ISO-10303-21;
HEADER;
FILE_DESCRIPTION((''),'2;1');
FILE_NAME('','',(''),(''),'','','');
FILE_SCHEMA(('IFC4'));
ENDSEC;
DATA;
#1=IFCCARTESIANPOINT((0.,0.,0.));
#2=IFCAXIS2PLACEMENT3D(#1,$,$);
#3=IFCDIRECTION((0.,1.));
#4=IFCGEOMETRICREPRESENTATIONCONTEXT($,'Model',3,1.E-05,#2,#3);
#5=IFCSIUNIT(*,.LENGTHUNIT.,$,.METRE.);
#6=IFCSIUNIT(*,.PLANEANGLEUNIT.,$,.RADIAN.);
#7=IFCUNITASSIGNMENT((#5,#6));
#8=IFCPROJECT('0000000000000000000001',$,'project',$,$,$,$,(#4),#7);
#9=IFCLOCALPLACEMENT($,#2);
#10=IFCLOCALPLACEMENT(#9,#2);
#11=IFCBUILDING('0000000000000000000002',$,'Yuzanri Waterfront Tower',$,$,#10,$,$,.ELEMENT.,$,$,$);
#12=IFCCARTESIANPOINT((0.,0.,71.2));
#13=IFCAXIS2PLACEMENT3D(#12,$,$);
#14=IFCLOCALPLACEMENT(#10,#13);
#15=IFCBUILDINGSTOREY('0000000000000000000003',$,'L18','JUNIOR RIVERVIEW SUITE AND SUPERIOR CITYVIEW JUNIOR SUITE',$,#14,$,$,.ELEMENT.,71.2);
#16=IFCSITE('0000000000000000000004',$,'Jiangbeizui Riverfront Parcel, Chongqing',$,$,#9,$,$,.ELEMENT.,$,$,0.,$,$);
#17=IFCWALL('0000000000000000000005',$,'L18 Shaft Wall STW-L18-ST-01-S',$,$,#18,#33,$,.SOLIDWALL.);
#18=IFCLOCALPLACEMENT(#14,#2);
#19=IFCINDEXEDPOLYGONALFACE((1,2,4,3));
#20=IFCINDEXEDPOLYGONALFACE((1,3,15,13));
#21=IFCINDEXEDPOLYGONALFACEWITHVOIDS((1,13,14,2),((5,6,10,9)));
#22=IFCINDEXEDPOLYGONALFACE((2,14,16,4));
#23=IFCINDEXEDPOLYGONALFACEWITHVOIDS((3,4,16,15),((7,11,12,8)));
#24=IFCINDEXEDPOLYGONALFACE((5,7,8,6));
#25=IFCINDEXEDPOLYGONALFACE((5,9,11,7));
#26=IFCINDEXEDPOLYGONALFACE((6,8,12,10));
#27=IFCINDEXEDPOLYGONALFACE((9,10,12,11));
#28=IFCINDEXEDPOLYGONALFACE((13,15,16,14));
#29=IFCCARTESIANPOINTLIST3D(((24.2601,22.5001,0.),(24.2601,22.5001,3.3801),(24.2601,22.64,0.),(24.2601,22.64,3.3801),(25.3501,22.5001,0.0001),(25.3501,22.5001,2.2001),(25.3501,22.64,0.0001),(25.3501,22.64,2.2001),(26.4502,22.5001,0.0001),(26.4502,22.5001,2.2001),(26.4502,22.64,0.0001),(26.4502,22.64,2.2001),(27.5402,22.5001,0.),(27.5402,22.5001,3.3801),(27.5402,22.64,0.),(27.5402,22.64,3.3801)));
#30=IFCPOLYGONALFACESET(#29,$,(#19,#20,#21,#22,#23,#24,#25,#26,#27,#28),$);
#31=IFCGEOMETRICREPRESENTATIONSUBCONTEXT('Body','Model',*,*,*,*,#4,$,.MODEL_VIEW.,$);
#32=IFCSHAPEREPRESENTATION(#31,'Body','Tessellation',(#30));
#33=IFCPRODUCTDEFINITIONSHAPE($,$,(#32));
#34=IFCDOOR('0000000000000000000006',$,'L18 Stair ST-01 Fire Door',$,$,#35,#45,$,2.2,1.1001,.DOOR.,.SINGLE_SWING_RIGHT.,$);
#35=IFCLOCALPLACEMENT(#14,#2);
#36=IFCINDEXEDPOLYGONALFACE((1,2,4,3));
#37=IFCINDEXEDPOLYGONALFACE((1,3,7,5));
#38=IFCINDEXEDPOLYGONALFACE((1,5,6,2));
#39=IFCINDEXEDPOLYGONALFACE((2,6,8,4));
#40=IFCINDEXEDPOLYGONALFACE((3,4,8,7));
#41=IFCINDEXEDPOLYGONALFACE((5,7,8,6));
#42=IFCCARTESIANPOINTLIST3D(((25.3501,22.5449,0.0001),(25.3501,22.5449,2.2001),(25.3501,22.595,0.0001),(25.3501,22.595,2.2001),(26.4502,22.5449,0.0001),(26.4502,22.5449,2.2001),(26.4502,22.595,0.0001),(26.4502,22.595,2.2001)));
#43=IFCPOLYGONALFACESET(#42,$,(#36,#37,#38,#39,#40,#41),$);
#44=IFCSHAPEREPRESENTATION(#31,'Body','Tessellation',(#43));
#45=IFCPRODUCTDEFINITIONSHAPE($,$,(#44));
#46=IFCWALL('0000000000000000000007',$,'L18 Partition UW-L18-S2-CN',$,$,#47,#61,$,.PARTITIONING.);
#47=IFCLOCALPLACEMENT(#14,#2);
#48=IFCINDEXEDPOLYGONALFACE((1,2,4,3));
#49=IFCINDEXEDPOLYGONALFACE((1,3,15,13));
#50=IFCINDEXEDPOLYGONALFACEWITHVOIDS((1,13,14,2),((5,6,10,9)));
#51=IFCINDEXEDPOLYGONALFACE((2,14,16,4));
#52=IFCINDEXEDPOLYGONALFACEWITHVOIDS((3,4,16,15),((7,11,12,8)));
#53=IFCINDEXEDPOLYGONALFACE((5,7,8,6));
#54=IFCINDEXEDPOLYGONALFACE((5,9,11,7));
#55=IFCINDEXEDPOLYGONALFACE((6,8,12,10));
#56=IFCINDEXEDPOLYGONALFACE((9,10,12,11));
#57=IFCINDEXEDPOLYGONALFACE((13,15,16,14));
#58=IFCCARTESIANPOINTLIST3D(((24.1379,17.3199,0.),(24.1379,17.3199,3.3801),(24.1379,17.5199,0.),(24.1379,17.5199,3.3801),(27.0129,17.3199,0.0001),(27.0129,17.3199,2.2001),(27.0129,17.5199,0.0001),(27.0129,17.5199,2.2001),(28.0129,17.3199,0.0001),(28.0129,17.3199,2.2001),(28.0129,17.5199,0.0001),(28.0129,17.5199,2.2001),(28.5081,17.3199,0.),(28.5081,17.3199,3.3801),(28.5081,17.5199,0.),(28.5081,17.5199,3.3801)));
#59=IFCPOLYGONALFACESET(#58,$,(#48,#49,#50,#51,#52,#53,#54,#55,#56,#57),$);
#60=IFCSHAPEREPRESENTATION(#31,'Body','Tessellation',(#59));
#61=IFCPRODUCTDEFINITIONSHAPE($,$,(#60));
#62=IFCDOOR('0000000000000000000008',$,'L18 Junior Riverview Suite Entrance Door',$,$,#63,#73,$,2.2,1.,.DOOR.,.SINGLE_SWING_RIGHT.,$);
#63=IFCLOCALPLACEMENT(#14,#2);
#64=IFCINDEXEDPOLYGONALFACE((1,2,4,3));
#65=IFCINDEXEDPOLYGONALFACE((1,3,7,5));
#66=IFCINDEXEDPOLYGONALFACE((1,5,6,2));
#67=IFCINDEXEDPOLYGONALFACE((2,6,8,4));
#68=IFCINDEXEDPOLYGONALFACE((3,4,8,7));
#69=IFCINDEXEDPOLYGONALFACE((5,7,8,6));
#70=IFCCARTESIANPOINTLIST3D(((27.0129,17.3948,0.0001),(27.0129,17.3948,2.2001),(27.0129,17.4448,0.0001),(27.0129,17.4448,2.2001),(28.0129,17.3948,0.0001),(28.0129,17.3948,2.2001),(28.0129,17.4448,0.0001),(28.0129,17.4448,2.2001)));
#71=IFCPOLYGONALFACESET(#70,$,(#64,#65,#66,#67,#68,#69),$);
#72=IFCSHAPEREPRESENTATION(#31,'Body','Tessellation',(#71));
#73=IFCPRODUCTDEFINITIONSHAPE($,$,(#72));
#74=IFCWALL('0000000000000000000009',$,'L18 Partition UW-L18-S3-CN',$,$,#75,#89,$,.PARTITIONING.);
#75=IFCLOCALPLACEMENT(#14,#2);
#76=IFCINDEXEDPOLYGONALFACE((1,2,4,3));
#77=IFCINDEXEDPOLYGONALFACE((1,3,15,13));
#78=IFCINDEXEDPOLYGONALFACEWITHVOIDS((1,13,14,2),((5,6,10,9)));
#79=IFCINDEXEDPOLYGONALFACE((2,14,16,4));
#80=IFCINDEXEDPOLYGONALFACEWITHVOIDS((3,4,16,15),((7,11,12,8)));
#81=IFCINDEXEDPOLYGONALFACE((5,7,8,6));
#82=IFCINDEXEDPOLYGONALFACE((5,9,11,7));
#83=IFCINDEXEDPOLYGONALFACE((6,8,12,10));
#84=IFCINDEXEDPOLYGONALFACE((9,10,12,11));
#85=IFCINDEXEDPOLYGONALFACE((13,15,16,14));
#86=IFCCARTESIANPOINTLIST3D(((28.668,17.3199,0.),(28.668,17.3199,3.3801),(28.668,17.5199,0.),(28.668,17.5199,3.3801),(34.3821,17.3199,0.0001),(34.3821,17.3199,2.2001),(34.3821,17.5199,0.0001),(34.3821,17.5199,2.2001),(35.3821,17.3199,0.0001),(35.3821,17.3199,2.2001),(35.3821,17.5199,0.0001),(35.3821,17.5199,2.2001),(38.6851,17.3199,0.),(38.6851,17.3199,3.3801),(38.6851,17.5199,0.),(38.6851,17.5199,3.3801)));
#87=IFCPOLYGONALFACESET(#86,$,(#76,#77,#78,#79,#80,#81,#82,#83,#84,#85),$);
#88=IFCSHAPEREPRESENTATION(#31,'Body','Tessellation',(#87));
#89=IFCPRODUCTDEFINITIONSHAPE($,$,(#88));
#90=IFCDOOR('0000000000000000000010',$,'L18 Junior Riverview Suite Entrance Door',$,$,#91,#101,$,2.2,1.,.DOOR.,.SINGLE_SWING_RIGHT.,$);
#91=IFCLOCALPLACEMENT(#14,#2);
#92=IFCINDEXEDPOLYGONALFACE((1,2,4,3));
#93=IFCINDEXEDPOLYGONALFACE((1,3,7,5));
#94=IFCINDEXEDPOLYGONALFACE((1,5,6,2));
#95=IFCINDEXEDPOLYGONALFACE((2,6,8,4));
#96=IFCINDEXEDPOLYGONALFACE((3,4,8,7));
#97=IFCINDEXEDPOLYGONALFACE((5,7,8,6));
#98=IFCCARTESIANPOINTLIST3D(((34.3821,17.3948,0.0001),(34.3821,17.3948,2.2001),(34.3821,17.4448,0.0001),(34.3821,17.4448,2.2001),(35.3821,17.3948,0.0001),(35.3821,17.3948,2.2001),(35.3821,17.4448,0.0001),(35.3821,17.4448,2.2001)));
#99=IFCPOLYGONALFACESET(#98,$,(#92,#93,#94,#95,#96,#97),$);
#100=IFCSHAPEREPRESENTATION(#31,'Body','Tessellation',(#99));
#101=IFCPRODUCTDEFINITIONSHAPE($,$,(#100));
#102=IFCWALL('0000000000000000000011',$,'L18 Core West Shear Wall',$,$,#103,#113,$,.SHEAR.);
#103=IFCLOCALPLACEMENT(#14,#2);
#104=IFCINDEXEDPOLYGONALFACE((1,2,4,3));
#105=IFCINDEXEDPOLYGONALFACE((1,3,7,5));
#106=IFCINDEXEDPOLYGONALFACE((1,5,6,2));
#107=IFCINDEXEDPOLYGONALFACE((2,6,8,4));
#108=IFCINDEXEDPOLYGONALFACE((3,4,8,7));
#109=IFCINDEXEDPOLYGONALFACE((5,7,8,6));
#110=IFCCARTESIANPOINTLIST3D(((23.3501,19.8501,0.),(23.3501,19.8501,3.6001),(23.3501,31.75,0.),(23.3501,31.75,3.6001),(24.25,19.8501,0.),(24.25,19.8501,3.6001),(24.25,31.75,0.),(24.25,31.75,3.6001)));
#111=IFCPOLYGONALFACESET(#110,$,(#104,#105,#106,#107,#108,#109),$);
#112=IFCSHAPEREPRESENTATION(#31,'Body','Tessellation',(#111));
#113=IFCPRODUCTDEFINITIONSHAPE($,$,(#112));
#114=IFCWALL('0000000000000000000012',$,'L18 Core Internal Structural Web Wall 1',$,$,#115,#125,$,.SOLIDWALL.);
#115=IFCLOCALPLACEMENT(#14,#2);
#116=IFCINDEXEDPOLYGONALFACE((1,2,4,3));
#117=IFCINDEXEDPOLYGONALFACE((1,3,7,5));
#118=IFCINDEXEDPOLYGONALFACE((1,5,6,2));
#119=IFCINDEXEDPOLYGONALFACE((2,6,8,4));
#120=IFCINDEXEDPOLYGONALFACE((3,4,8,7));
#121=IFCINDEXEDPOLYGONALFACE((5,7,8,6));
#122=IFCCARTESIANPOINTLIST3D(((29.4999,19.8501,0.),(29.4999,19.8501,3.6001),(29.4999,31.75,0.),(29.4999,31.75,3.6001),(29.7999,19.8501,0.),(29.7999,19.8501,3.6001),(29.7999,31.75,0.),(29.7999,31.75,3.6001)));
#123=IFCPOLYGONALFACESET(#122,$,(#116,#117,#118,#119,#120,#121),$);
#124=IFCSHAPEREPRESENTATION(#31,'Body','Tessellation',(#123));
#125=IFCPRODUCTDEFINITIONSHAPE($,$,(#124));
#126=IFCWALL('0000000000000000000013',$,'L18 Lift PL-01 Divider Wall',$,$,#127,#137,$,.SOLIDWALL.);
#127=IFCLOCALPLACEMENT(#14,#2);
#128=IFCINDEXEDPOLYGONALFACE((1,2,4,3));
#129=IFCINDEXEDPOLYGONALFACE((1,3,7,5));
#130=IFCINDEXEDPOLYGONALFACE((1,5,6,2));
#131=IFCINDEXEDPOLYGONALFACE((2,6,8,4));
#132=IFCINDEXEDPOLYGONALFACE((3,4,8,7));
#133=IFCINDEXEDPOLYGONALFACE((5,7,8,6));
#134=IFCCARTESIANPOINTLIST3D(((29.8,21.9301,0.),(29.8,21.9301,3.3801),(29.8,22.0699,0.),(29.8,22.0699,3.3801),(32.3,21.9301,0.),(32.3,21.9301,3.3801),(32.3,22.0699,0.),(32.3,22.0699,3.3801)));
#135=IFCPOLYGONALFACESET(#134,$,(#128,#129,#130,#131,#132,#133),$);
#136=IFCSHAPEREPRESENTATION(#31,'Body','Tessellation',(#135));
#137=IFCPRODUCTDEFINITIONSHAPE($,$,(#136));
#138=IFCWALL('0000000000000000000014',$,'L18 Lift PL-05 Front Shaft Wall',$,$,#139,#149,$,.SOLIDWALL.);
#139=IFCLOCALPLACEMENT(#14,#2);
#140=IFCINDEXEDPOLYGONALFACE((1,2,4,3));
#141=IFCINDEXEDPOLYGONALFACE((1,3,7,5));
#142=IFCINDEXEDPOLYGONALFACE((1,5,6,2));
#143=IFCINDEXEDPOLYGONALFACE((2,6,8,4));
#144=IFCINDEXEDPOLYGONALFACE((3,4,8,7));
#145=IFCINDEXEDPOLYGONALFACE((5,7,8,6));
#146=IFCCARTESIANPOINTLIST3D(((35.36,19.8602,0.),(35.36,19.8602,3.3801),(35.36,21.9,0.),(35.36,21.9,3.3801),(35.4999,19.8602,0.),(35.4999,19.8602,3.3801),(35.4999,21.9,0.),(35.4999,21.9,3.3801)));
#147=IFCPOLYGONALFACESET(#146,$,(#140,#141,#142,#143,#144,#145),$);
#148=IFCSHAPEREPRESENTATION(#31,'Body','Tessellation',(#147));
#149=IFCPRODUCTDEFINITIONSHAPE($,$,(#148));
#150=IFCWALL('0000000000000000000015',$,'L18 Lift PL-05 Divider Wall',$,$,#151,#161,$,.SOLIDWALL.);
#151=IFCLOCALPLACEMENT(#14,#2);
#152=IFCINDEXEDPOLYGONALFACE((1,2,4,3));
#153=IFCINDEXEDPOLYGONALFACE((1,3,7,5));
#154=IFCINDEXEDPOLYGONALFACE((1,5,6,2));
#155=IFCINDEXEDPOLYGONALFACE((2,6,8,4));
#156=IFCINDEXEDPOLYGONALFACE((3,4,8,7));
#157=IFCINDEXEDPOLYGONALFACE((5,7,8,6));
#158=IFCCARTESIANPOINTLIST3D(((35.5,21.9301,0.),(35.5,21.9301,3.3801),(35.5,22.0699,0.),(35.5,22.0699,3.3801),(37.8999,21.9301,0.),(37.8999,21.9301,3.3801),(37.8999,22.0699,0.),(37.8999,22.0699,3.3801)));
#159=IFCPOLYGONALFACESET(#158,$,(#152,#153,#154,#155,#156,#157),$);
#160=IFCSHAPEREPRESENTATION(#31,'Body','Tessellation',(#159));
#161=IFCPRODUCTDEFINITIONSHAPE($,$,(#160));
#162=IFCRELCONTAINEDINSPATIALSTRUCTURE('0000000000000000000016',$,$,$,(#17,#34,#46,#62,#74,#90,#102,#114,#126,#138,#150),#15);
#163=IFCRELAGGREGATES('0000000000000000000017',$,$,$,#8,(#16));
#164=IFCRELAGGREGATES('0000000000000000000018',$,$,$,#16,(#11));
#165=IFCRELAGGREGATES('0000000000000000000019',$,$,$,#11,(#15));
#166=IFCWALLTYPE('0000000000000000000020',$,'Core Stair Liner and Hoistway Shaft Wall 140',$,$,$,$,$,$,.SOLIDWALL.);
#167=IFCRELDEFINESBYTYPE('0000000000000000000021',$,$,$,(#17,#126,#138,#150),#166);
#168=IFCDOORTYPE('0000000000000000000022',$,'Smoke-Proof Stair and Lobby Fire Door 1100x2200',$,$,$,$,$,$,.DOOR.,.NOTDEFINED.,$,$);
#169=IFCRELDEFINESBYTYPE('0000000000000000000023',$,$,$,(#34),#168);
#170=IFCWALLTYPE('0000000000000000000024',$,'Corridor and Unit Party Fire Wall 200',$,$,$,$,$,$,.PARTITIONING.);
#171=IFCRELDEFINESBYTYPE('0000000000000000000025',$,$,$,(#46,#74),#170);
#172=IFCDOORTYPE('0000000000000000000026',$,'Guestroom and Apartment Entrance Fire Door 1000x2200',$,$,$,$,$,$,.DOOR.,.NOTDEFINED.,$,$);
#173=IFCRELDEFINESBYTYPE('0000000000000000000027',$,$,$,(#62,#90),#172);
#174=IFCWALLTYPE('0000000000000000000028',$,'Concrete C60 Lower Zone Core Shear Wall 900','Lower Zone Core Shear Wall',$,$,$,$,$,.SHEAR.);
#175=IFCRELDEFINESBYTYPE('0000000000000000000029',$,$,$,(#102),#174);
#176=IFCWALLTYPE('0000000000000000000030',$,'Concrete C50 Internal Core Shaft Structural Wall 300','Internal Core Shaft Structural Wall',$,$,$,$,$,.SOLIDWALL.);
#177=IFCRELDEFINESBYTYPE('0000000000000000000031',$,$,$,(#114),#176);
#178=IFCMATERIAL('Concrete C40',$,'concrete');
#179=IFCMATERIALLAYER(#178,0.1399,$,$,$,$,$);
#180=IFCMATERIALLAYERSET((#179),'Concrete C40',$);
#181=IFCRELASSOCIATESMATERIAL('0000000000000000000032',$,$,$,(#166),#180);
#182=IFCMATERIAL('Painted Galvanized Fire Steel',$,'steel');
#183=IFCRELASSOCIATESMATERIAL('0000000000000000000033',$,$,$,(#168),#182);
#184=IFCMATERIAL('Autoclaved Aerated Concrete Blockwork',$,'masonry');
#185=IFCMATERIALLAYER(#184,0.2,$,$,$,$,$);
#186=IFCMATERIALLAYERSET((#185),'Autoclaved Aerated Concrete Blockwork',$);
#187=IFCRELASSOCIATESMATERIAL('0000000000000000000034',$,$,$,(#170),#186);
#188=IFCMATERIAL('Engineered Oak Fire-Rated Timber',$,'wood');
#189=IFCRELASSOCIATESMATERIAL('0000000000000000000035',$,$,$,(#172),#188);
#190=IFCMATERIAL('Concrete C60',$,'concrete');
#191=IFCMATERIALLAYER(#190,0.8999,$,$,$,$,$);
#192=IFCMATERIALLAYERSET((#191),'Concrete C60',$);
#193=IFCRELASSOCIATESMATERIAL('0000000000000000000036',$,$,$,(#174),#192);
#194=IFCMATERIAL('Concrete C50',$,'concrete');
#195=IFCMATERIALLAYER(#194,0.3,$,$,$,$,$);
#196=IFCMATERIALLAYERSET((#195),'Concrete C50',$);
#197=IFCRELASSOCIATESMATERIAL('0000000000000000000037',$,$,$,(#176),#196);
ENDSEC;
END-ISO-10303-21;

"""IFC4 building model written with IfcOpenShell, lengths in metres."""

from ifc_helpers import new_model, si_unit, direction, frame, frame_2d, origin, place, context, subcontext, project, spatial, rectangle, extrude, source, transform, mapped, material, layer, layer_set, type_object, element, fill, save


model = new_model("IFC4")

# Units and contexts
model_context = context("Model", 3, precision=1e-05, world=origin(), true_north=direction((0.0, 1.0)))
body_context = subcontext(model_context, "Body", "Model", "MODEL_VIEW")
ifc_project = project(units=[si_unit("LENGTHUNIT", "METRE"), si_unit("PLANEANGLEUNIT", "RADIAN")], contexts=[model_context])

# Site, building, storey
site_placement = place(None, origin())
site = spatial("IfcSite", under=ifc_project, at=site_placement, Name="Jiangbeizui Riverfront Parcel, Chongqing", CompositionType="ELEMENT", RefElevation=0.0)
building_placement = place(site_placement, origin())
building = spatial("IfcBuilding", under=site, at=building_placement, Name="Yuzanri Waterfront Tower", CompositionType="ELEMENT")
storey_placement = place(building_placement, frame((0.0, 0.0, 71.2)))
storey = spatial("IfcBuildingStorey", under=building, at=storey_placement, Name="L18", Description="JUNIOR RIVERVIEW SUITE AND SUPERIOR CITYVIEW JUNIOR SUITE", CompositionType="ELEMENT", Elevation=71.2)

# Walls, openings, doors
ifc_material_1 = material(Name="Concrete C40", Category="concrete")
ifc_layer_1 = layer(ifc_material_1, 0.1399)
ifc_layer_set_1 = layer_set([ifc_layer_1], Name="Concrete C40")
wall_type_1 = type_object("IfcWallType", Name="Core Stair Liner and Hoistway Shaft Wall 140", PredefinedType="SOLIDWALL", material=ifc_layer_set_1)
wall_1_placement = place(storey_placement, frame((24.26, 22.5701, 0.0), z_axis=(0.0, 0.0, 1.0), x_axis=(1.0, 0.0, 0.0)))
wall_1 = element("IfcWall", 1, at=wall_1_placement, inside=storey, type_object=wall_type_1, Name="L18 Shaft Wall STW-L18-ST-01-S", PredefinedType="SOLIDWALL", context=body_context, shape_type="SweptSolid", body=[
    extrude(rectangle(XDim=3.28, YDim=0.1399, at=frame_2d((1.6401, 0.0))), origin(), (0.0, 0.0, 1.0), 3.3801),
])
opening_1_placement = place(wall_1_placement, frame((1.0901, 0.0, 0.0)))
opening_1 = element("IfcOpeningElement", 2, at=opening_1_placement, cuts=wall_1, PredefinedType="OPENING", context=body_context, shape_type="SweptSolid", body=[
    extrude(rectangle(XDim=1.1001, YDim=2.2, at=frame_2d((0.55, 1.1001))), frame((0.0, 0.085, 0.0), z_axis=(0.0, -1.0, 0.0), x_axis=(1.0, 0.0, 0.0)), (0.0, 0.0, 1.0), 0.1697),
])
ifc_material_2 = material(Name="Painted Galvanized Fire Steel", Category="steel")
door_type_1 = type_object("IfcDoorType", Name="Smoke-Proof Stair and Lobby Fire Door 1100x2200", OperationType="NOTDEFINED", PredefinedType="DOOR", material=ifc_material_2)
shared_shape_1 = source(origin(), body_context, "Body", "SweptSolid", [
    extrude(rectangle(XDim=1.1001, YDim=2.2, at=frame_2d((0.55, 1.1001))), frame((0.0, 0.0249, 0.0), z_axis=(0.0, -1.0, 0.0), x_axis=(1.0, 0.0, 0.0)), (0.0, 0.0, 1.0), 0.05),
])
door_1_placement = place(opening_1_placement, origin())
door_1 = element("IfcDoor", 3, at=door_1_placement, inside=storey, type_object=door_type_1, Name="L18 Stair ST-01 Fire Door", OperationType="SINGLE_SWING_RIGHT", OverallHeight=2.2, OverallWidth=1.1001, PredefinedType="DOOR", context=body_context, shape_type="MappedRepresentation", body=[
    mapped(shared_shape_1, transform((0.0, 0.0, 0.0), scale=1.0)),
])
fill(opening_1, door_1)
ifc_material_3 = material(Name="Autoclaved Aerated Concrete Blockwork", Category="masonry")
ifc_layer_2 = layer(ifc_material_3, 0.2)
ifc_layer_set_2 = layer_set([ifc_layer_2], Name="Autoclaved Aerated Concrete Blockwork")
wall_type_2 = type_object("IfcWallType", Name="Corridor and Unit Party Fire Wall 200", PredefinedType="PARTITIONING", material=ifc_layer_set_2)
wall_2_placement = place(storey_placement, frame((24.1379, 17.4199, 0.0), z_axis=(0.0, 0.0, 1.0), x_axis=(1.0, 0.0, 0.0)))
wall_2 = element("IfcWall", 4, at=wall_2_placement, inside=storey, type_object=wall_type_2, Name="L18 Partition UW-L18-S2-CN", PredefinedType="PARTITIONING", context=body_context, shape_type="SweptSolid", body=[
    extrude(rectangle(XDim=4.3701, YDim=0.2, at=frame_2d((2.1851, 0.0))), origin(), (0.0, 0.0, 1.0), 3.3801),
])
opening_2_placement = place(wall_2_placement, frame((2.875, 0.0, 0.0)))
opening_2 = element("IfcOpeningElement", 5, at=opening_2_placement, cuts=wall_2, PredefinedType="OPENING", context=body_context, shape_type="SweptSolid", body=[
    extrude(rectangle(XDim=1.0, YDim=2.2, at=frame_2d((0.5, 1.1001))), frame((0.0, 0.1147, 0.0), z_axis=(0.0, -1.0, 0.0), x_axis=(1.0, 0.0, 0.0)), (0.0, 0.0, 1.0), 0.2297),
])
ifc_material_4 = material(Name="Engineered Oak Fire-Rated Timber", Category="wood")
door_type_2 = type_object("IfcDoorType", Name="Guestroom and Apartment Entrance Fire Door 1000x2200", OperationType="NOTDEFINED", PredefinedType="DOOR", material=ifc_material_4)
shared_shape_2 = source(origin(), body_context, "Body", "SweptSolid", [
    extrude(rectangle(XDim=1.0, YDim=2.2, at=frame_2d((0.5, 1.1001))), frame((0.0, 0.0249, 0.0), z_axis=(0.0, -1.0, 0.0), x_axis=(1.0, 0.0, 0.0)), (0.0, 0.0, 1.0), 0.05),
])
door_2_placement = place(opening_2_placement, origin())
door_2 = element("IfcDoor", 6, at=door_2_placement, inside=storey, type_object=door_type_2, Name="L18 Junior Riverview Suite Entrance Door", OperationType="SINGLE_SWING_RIGHT", OverallHeight=2.2, OverallWidth=1.0, PredefinedType="DOOR", context=body_context, shape_type="MappedRepresentation", body=[
    mapped(shared_shape_2, transform((0.0, 0.0, 0.0), scale=1.0)),
])
fill(opening_2, door_2)
wall_3_placement = place(storey_placement, frame((28.668, 17.4199, 0.0), z_axis=(0.0, 0.0, 1.0), x_axis=(1.0, 0.0, 0.0)))
wall_3 = element("IfcWall", 7, at=wall_3_placement, inside=storey, type_object=wall_type_2, Name="L18 Partition UW-L18-S3-CN", PredefinedType="PARTITIONING", context=body_context, shape_type="SweptSolid", body=[
    extrude(rectangle(XDim=10.0171, YDim=0.2, at=frame_2d((5.0085, 0.0))), origin(), (0.0, 0.0, 1.0), 3.3801),
])
opening_3_placement = place(wall_3_placement, frame((5.7141, 0.0, 0.0)))
opening_3 = element("IfcOpeningElement", 8, at=opening_3_placement, cuts=wall_3, PredefinedType="OPENING", context=body_context, shape_type="SweptSolid", body=[
    extrude(rectangle(XDim=1.0, YDim=2.2, at=frame_2d((0.5, 1.1001))), frame((0.0, 0.1147, 0.0), z_axis=(0.0, -1.0, 0.0), x_axis=(1.0, 0.0, 0.0)), (0.0, 0.0, 1.0), 0.2297),
])
door_3_placement = place(opening_3_placement, origin())
door_3 = element("IfcDoor", 9, at=door_3_placement, inside=storey, type_object=door_type_2, Name="L18 Junior Riverview Suite Entrance Door", OperationType="SINGLE_SWING_RIGHT", OverallHeight=2.2, OverallWidth=1.0, PredefinedType="DOOR", context=body_context, shape_type="MappedRepresentation", body=[
    mapped(shared_shape_2, transform((0.0, 0.0, 0.0), scale=1.0)),
])
fill(opening_3, door_3)

# Walls
ifc_material_5 = material(Name="Concrete C60", Category="concrete")
ifc_layer_3 = layer(ifc_material_5, 0.8999)
ifc_layer_set_3 = layer_set([ifc_layer_3], Name="Concrete C60")
wall_type_3 = type_object("IfcWallType", Name="Concrete C60 Lower Zone Core Shear Wall 900", Description="Lower Zone Core Shear Wall", PredefinedType="SHEAR", material=ifc_layer_set_3)
shared_shape_3 = source(origin(), body_context, "Body", "SweptSolid", [
    extrude(rectangle(XDim=11.8999, YDim=0.8999, at=frame_2d((5.95, 0.0))), origin(), (0.0, 0.0, 1.0), 3.6001),
])
wall_4_placement = place(storey_placement, frame((23.8, 19.8501, 0.0), z_axis=(0.0, 0.0, 1.0), x_axis=(0.0, 1.0, 0.0)))
element("IfcWall", 10, at=wall_4_placement, inside=storey, type_object=wall_type_3, Name="L18 Core West Shear Wall", PredefinedType="SHEAR", context=body_context, shape_type="MappedRepresentation", body=[
    mapped(shared_shape_3, transform((0.0, 0.0, 0.0), scale=1.0)),
])
ifc_material_6 = material(Name="Concrete C50", Category="concrete")
ifc_layer_4 = layer(ifc_material_6, 0.3)
ifc_layer_set_4 = layer_set([ifc_layer_4], Name="Concrete C50")
wall_type_4 = type_object("IfcWallType", Name="Concrete C50 Internal Core Shaft Structural Wall 300", Description="Internal Core Shaft Structural Wall", PredefinedType="SOLIDWALL", material=ifc_layer_set_4)
shared_shape_4 = source(origin(), body_context, "Body", "SweptSolid", [
    extrude(rectangle(XDim=11.8999, YDim=0.3, at=frame_2d((5.95, 0.0))), origin(), (0.0, 0.0, 1.0), 3.6001),
])
wall_5_placement = place(storey_placement, frame((29.6499, 19.8501, 0.0), z_axis=(0.0, 0.0, 1.0), x_axis=(0.0, 1.0, 0.0)))
element("IfcWall", 11, at=wall_5_placement, inside=storey, type_object=wall_type_4, Name="L18 Core Internal Structural Web Wall 1", PredefinedType="SOLIDWALL", context=body_context, shape_type="MappedRepresentation", body=[
    mapped(shared_shape_4, transform((0.0, 0.0, 0.0), scale=1.0)),
])
shared_shape_5 = source(origin(), body_context, "Body", "SweptSolid", [
    extrude(rectangle(XDim=2.5, YDim=0.1399, at=frame_2d((1.25, 0.0))), origin(), (0.0, 0.0, 1.0), 3.3801),
])
wall_6_placement = place(storey_placement, frame((29.8, 22.0, 0.0), z_axis=(0.0, 0.0, 1.0), x_axis=(1.0, 0.0, 0.0)))
element("IfcWall", 12, at=wall_6_placement, inside=storey, type_object=wall_type_1, Name="L18 Lift PL-01 Divider Wall", PredefinedType="SOLIDWALL", context=body_context, shape_type="MappedRepresentation", body=[
    mapped(shared_shape_5, transform((0.0, 0.0, 0.0), scale=1.0)),
])
shared_shape_6 = source(origin(), body_context, "Body", "SweptSolid", [
    extrude(rectangle(XDim=2.0398, YDim=0.1399, at=frame_2d((1.02, 0.0))), origin(), (0.0, 0.0, 1.0), 3.3801),
])
wall_7_placement = place(storey_placement, frame((35.4299, 19.8601, 0.0), z_axis=(0.0, 0.0, 1.0), x_axis=(0.0, 1.0, 0.0)))
element("IfcWall", 13, at=wall_7_placement, inside=storey, type_object=wall_type_1, Name="L18 Lift PL-05 Front Shaft Wall", PredefinedType="SOLIDWALL", context=body_context, shape_type="MappedRepresentation", body=[
    mapped(shared_shape_6, transform((0.0, 0.0, 0.0), scale=1.0)),
])
shared_shape_7 = source(origin(), body_context, "Body", "SweptSolid", [
    extrude(rectangle(XDim=2.3999, YDim=0.1399, at=frame_2d((1.2, 0.0))), origin(), (0.0, 0.0, 1.0), 3.3801),
])
wall_8_placement = place(storey_placement, frame((35.5, 22.0, 0.0), z_axis=(0.0, 0.0, 1.0), x_axis=(1.0, 0.0, 0.0)))
element("IfcWall", 14, at=wall_8_placement, inside=storey, type_object=wall_type_1, Name="L18 Lift PL-05 Divider Wall", PredefinedType="SOLIDWALL", context=body_context, shape_type="MappedRepresentation", body=[
    mapped(shared_shape_7, transform((0.0, 0.0, 0.0), scale=1.0)),
])

save(model, "model.ifc")
